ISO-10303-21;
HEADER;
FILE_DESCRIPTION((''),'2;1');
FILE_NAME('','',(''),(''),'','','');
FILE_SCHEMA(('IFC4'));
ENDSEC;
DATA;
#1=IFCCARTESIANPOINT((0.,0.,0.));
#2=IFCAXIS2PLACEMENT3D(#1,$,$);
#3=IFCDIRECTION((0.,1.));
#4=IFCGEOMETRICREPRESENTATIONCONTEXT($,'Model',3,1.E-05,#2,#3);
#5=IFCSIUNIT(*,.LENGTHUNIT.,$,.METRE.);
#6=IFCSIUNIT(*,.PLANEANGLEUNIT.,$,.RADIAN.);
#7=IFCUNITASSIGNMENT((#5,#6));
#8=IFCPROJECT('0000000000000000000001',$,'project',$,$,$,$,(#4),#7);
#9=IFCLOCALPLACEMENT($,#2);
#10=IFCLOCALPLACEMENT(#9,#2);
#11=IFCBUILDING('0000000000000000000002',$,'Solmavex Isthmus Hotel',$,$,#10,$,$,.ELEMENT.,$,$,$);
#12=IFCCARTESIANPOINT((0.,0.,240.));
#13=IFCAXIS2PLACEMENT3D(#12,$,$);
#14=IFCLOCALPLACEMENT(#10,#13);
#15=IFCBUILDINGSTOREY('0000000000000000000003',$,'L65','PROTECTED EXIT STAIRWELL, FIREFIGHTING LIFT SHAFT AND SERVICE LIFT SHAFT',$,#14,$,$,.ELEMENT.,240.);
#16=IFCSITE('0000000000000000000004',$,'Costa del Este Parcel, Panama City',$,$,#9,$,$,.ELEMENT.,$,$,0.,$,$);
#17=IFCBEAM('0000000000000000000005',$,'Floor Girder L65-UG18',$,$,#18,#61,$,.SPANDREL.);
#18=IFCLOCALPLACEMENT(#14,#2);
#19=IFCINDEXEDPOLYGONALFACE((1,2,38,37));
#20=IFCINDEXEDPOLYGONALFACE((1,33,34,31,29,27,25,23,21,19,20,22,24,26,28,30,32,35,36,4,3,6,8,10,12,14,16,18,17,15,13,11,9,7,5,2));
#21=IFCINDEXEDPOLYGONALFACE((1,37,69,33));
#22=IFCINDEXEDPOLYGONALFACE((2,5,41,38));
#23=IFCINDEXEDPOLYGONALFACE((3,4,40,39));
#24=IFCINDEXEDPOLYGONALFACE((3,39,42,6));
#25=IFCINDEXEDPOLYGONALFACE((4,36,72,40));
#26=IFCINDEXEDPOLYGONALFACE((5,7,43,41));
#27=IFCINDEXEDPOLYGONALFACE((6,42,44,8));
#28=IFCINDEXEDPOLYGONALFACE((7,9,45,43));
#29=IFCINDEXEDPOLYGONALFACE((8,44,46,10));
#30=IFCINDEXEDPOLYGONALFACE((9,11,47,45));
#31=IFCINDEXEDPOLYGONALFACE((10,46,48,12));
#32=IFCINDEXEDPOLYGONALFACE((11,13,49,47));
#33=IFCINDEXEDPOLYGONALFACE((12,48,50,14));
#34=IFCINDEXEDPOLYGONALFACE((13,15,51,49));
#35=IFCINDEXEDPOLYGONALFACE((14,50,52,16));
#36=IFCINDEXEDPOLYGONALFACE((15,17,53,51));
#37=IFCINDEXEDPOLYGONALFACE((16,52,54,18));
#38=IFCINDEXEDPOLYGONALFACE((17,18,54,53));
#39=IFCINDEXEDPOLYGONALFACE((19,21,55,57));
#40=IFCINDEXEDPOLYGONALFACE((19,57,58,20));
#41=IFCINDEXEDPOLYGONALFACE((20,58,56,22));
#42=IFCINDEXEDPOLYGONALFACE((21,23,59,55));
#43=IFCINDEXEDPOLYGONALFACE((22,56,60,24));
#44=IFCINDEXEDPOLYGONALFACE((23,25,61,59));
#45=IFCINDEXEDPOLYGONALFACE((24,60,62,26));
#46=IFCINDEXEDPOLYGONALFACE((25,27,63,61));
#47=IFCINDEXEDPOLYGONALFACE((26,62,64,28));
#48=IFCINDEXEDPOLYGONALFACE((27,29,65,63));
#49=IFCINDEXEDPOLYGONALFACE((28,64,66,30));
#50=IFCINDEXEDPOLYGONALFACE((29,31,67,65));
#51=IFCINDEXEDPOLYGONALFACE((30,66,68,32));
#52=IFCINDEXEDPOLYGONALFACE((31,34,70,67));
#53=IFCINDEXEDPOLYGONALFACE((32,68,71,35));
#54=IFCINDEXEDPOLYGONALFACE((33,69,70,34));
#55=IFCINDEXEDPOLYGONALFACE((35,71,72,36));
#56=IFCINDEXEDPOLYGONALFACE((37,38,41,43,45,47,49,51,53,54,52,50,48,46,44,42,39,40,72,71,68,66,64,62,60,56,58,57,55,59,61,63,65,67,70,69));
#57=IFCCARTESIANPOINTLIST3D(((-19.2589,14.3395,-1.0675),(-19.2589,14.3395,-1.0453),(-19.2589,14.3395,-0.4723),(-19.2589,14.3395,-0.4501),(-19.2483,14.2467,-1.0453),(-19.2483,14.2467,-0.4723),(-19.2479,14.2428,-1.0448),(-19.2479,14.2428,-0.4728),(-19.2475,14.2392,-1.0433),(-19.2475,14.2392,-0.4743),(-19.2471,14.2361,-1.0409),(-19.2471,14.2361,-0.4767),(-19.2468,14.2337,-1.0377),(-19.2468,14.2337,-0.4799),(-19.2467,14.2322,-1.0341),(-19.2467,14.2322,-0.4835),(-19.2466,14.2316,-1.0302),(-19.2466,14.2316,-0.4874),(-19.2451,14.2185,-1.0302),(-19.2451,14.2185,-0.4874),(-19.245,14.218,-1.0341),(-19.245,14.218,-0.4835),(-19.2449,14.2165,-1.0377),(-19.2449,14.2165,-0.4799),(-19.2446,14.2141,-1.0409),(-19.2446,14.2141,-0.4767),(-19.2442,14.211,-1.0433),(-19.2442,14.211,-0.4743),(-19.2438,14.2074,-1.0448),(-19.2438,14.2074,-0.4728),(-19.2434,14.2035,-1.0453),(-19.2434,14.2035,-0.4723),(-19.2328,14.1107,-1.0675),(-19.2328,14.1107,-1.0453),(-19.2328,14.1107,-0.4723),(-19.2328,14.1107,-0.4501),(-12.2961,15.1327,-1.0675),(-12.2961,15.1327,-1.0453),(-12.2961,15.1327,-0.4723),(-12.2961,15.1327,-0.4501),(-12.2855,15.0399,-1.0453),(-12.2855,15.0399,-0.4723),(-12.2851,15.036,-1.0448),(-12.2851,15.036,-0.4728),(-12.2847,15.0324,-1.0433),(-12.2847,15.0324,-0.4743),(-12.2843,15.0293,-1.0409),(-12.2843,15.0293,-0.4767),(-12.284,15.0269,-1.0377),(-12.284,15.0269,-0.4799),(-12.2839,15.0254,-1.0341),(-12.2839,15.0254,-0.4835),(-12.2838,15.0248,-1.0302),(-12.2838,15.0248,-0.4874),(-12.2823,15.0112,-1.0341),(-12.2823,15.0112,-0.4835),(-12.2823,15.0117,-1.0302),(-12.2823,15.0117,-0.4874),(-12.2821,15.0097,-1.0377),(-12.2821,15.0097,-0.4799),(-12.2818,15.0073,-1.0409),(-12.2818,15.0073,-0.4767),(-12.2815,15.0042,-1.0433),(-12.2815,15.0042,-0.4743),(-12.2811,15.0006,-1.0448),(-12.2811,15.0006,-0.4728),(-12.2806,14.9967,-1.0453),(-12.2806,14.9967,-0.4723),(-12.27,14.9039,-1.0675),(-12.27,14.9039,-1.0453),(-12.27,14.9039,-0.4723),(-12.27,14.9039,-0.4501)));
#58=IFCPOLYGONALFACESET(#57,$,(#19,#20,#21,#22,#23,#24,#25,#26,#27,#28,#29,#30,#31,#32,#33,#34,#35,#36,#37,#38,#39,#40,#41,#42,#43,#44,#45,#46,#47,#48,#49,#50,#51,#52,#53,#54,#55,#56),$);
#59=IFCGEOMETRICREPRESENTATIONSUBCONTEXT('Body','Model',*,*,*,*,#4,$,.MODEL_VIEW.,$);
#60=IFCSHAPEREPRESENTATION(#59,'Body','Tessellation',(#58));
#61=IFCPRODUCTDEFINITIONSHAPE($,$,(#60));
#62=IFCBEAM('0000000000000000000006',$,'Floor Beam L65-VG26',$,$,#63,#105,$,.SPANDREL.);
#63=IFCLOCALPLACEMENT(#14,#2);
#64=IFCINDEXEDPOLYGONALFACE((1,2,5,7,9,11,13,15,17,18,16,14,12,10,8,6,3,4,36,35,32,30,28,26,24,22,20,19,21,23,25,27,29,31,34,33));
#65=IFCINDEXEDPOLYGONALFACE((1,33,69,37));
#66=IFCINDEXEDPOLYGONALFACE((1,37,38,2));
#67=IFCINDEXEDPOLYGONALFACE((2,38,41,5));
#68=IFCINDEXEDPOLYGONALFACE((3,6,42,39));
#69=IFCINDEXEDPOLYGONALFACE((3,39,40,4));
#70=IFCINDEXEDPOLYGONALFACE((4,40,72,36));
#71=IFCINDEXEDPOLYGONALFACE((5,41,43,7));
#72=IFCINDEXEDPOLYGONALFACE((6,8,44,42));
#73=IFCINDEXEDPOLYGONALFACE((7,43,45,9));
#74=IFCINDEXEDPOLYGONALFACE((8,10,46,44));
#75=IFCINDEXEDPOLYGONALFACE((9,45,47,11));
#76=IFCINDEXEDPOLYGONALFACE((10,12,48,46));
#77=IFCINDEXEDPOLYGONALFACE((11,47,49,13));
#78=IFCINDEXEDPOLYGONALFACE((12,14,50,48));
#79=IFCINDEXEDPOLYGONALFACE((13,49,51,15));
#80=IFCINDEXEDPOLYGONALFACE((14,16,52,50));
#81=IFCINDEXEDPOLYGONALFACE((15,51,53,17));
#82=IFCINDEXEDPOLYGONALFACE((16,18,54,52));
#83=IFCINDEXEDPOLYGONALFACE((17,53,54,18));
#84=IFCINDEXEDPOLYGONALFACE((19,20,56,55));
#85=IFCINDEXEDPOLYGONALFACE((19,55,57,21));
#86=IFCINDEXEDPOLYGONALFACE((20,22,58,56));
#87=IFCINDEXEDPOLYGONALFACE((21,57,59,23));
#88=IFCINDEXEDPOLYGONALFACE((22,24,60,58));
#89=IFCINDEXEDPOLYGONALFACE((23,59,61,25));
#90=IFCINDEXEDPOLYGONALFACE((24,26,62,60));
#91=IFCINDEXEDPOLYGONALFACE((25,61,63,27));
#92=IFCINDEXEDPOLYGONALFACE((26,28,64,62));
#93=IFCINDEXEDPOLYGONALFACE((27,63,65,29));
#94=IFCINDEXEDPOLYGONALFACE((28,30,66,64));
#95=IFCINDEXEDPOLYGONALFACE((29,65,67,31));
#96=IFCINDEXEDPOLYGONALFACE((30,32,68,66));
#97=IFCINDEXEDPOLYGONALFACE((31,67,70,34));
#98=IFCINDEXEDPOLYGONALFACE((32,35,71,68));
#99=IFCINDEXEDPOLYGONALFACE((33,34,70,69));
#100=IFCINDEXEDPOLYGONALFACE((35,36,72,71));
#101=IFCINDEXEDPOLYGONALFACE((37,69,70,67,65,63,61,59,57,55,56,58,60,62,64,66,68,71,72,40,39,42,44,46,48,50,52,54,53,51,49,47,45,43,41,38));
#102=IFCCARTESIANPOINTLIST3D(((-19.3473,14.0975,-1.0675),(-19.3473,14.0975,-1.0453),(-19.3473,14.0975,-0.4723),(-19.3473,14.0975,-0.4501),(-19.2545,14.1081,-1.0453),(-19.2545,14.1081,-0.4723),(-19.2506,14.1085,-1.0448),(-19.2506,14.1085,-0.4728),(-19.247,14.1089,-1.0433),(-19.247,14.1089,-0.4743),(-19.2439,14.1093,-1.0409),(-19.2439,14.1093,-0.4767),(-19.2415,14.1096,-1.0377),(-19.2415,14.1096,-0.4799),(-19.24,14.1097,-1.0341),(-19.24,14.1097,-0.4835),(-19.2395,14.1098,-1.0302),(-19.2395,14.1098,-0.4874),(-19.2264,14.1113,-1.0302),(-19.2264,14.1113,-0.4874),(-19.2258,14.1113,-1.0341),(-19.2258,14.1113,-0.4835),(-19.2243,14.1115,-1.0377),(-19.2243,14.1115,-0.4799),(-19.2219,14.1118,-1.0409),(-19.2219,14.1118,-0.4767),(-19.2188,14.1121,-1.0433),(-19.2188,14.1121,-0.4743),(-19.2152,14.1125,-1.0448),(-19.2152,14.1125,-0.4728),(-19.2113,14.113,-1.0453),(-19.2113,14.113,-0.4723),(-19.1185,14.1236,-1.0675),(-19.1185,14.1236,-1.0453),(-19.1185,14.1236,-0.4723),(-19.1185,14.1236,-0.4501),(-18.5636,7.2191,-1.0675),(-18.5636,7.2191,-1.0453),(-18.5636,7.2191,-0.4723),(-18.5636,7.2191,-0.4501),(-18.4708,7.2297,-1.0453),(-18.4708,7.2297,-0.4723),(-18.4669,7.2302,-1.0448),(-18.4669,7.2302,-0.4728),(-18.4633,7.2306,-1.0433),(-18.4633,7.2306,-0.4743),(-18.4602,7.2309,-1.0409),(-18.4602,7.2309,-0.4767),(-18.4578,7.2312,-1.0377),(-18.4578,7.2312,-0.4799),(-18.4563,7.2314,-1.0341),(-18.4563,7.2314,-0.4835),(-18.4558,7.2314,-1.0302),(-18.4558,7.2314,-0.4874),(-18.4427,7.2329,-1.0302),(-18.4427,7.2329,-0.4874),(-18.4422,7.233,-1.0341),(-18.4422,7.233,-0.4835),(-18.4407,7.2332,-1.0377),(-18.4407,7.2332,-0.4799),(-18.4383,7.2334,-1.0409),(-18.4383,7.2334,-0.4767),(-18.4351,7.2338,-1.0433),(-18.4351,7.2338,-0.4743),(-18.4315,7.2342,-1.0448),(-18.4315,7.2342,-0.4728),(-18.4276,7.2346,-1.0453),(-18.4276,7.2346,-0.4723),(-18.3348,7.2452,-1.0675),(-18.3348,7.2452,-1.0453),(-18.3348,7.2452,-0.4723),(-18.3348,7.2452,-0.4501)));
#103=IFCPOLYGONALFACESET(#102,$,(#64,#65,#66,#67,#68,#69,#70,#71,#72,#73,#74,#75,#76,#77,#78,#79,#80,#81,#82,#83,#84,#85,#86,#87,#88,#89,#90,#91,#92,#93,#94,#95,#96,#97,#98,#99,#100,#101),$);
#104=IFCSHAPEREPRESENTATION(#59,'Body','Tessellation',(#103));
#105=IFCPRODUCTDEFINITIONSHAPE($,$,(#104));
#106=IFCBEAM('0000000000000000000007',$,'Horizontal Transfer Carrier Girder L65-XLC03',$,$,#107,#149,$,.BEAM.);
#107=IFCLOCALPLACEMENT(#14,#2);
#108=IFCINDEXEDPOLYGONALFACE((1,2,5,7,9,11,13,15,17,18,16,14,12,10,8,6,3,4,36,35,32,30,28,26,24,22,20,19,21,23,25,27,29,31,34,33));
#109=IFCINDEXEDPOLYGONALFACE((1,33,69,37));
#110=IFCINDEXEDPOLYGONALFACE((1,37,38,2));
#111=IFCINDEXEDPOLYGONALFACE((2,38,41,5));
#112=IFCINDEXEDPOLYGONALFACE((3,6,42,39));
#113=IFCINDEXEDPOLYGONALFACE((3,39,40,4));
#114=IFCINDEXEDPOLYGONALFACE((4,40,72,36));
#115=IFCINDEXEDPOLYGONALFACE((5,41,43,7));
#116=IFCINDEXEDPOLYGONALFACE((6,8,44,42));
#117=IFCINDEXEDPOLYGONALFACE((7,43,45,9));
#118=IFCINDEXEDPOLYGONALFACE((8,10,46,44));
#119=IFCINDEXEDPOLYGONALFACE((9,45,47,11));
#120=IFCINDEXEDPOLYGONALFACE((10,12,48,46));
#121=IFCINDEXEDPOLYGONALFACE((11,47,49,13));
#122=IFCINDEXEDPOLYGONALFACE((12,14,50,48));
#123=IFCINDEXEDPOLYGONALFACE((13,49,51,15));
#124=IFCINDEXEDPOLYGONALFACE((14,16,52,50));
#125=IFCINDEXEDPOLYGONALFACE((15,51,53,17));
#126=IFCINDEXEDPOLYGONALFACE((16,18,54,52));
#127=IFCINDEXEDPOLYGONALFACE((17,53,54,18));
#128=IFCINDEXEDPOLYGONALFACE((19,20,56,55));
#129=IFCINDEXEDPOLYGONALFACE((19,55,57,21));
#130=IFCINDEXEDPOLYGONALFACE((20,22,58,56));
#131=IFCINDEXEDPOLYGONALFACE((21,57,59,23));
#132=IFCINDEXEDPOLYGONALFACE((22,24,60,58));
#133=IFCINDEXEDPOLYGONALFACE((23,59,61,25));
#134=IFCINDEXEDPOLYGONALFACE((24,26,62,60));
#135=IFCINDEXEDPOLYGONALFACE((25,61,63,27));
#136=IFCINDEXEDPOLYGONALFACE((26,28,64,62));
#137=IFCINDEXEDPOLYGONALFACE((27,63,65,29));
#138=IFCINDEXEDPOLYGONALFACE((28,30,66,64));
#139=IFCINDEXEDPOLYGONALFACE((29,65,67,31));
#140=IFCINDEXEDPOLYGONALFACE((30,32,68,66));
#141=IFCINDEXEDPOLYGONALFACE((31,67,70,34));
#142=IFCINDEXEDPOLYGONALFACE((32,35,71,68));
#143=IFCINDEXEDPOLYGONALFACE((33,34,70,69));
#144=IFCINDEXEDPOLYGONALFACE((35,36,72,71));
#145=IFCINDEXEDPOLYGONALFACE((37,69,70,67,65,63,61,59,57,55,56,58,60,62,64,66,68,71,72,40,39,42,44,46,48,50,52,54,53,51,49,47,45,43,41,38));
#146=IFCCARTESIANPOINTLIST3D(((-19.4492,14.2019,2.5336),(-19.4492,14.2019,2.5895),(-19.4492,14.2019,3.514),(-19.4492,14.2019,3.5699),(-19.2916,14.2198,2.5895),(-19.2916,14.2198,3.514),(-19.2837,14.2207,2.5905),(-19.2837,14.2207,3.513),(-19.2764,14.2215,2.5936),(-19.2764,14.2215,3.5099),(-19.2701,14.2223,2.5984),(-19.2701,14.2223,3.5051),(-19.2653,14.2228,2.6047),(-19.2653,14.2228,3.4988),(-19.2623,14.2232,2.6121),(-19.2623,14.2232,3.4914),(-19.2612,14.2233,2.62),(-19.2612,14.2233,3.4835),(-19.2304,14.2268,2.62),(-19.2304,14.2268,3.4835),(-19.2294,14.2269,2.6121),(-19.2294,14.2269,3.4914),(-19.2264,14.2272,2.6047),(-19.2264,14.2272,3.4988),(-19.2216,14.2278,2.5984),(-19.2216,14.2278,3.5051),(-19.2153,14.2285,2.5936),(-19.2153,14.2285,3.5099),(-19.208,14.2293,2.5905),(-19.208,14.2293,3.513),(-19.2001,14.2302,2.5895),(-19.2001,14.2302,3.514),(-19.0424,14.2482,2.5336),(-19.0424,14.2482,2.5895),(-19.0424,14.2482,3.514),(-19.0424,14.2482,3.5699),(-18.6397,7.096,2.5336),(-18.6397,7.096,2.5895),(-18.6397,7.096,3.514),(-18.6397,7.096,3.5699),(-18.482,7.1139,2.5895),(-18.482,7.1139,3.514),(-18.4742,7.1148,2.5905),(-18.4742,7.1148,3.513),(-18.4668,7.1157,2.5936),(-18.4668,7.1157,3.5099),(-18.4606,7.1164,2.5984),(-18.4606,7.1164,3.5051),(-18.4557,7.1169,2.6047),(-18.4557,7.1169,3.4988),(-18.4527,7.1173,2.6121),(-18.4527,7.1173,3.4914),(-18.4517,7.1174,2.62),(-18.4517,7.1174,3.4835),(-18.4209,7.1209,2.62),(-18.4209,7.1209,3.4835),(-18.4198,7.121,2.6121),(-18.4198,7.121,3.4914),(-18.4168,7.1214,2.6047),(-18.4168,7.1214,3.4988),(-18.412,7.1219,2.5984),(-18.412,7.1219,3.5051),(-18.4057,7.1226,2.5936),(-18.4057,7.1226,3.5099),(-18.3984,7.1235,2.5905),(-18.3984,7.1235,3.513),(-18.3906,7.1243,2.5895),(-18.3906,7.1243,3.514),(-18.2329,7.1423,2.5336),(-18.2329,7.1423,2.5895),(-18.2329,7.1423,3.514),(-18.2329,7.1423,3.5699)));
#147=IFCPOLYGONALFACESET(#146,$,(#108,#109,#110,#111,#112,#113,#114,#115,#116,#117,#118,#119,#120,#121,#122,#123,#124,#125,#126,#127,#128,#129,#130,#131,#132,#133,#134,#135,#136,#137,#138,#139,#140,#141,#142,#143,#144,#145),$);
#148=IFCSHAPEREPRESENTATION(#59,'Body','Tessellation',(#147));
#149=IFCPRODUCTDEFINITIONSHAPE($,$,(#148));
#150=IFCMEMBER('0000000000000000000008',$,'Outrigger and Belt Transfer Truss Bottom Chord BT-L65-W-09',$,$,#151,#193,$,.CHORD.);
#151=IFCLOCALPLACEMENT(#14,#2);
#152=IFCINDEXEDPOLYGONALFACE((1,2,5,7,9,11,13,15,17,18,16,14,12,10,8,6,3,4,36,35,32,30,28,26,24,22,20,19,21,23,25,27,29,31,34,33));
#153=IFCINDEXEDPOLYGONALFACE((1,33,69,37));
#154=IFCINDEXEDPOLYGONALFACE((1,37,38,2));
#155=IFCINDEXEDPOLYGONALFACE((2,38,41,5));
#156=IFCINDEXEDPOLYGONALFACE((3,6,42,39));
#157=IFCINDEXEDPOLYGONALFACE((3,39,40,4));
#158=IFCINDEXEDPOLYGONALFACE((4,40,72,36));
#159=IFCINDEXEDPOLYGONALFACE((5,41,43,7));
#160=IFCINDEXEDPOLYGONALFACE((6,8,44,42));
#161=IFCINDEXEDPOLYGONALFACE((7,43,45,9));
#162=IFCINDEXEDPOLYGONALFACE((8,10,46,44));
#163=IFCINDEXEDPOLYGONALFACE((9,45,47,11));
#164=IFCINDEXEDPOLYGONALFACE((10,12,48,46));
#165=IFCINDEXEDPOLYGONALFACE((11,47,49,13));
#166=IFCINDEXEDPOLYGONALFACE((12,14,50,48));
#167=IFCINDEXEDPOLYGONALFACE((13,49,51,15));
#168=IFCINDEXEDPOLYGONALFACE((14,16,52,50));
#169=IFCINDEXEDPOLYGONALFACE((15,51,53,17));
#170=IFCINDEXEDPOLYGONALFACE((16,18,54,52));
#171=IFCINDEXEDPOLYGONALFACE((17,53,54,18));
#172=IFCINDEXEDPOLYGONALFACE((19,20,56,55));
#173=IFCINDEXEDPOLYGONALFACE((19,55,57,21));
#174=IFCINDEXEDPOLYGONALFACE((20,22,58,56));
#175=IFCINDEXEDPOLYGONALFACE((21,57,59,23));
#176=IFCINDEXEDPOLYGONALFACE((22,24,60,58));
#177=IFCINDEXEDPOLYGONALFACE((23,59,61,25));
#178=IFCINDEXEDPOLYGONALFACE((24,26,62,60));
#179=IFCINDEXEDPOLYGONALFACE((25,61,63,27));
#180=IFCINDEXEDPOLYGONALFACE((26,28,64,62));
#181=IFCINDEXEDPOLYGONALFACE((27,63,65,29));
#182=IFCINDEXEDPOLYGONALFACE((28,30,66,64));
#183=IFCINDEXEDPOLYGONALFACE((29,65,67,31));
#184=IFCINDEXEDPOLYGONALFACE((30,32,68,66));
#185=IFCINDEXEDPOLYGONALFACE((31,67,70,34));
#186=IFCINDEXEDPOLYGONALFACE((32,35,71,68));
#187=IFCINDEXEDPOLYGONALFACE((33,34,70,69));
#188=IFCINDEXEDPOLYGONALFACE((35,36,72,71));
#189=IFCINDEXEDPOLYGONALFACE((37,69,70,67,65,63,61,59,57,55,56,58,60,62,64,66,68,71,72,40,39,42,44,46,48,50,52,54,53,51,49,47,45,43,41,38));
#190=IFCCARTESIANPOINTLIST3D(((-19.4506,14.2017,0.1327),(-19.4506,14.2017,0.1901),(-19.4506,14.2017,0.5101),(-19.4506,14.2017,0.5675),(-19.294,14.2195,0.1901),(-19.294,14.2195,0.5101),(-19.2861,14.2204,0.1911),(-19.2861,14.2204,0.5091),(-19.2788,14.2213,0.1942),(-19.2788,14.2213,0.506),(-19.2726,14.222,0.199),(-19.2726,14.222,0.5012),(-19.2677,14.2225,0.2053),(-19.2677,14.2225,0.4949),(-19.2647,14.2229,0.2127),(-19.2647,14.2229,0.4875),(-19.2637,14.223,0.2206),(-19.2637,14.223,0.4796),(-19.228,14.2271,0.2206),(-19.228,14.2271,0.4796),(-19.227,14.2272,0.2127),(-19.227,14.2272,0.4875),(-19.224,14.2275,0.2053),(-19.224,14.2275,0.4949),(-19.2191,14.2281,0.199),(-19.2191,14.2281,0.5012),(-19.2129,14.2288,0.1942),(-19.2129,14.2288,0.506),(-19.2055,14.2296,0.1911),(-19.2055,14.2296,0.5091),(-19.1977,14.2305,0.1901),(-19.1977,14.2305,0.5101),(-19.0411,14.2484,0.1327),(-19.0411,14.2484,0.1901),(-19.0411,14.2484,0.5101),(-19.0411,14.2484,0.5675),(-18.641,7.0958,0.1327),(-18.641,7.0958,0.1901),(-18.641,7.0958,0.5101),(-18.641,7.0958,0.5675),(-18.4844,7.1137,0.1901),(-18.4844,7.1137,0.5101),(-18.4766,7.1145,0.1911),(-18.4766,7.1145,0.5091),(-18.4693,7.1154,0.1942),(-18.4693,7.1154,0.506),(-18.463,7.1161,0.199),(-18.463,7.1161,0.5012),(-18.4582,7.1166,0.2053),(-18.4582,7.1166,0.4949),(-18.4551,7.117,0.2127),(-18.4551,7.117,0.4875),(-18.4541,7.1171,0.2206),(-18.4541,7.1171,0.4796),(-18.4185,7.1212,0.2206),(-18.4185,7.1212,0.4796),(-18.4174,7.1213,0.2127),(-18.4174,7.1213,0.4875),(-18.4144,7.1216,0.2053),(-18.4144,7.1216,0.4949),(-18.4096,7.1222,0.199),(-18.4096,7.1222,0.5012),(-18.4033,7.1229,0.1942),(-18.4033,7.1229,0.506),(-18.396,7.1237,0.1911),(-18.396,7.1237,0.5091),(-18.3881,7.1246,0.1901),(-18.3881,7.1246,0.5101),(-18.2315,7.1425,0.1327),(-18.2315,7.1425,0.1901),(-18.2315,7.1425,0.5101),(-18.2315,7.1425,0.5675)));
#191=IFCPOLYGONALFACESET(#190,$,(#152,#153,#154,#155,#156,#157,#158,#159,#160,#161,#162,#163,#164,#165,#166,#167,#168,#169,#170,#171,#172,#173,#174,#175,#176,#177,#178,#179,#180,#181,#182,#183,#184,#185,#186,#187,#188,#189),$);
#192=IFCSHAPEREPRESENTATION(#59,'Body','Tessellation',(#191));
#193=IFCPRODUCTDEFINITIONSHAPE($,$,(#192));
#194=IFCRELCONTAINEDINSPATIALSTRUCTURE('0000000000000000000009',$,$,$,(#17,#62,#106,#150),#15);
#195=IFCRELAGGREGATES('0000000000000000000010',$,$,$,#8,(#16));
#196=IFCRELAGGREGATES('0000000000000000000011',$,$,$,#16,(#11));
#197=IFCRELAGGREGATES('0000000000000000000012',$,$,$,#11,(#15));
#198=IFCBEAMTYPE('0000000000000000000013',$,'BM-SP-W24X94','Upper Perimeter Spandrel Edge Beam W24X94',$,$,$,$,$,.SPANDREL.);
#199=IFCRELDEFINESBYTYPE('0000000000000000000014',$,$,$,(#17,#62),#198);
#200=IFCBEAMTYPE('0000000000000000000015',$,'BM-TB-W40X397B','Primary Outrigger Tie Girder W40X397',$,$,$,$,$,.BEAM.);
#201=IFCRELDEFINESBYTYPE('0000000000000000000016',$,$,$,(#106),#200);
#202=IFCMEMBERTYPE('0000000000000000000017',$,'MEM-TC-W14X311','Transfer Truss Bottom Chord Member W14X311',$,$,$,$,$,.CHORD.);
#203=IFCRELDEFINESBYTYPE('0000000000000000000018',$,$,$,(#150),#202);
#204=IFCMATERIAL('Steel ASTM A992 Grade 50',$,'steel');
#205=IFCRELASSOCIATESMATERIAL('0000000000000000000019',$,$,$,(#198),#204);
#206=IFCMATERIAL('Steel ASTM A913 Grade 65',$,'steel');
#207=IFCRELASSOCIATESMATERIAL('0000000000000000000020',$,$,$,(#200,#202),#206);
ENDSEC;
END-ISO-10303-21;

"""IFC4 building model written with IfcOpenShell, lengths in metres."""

from ifc_helpers import new_model, si_unit, direction, frame, origin, origin_2d, place, context, subcontext, project, spatial, i_section, extrude, material, material_profile, profile_set, type_object, element, save


model = new_model("IFC4")

# Units and contexts
model_context = context("Model", 3, precision=1e-05, world=origin(), true_north=direction((0.0, 1.0)))
body_context = subcontext(model_context, "Body", "Model", "MODEL_VIEW")
ifc_project = project(units=[si_unit("LENGTHUNIT", "METRE"), si_unit("PLANEANGLEUNIT", "RADIAN")], contexts=[model_context])

# Site, building, storey
site_placement = place(None, origin())
site = spatial("IfcSite", under=ifc_project, at=site_placement, Name="Costa del Este Parcel, Panama City", CompositionType="ELEMENT", RefElevation=0.0)
building_placement = place(site_placement, origin())
building = spatial("IfcBuilding", under=site, at=building_placement, Name="Solmavex Isthmus Hotel", CompositionType="ELEMENT")
storey_placement = place(building_placement, frame((0.0, 0.0, 240.0)))
storey = spatial("IfcBuildingStorey", under=building, at=storey_placement, Name="L65", Description="PROTECTED EXIT STAIRWELL, FIREFIGHTING LIFT SHAFT AND SERVICE LIFT SHAFT", CompositionType="ELEMENT", Elevation=240.0)

# Shared definitions
ifc_material_1 = material(Name="Steel ASTM A913 Grade 65", Category="steel")

# Beams
ifc_material_2 = material(Name="Steel ASTM A992 Grade 50", Category="steel")
ifc_material_profile_1 = material_profile(ifc_material_2, i_section(OverallWidth=0.2302, OverallDepth=0.6174, WebThickness=0.0132, FlangeThickness=0.0222, FilletRadius=0.0151, at=origin_2d()), Name="W24X94")
ifc_profile_set_1 = profile_set([ifc_material_profile_1], Name="Steel ASTM A992 Grade 50")
beam_type_1 = type_object("IfcBeamType", Name="BM-SP-W24X94", Description="Upper Perimeter Spandrel Edge Beam W24X94", PredefinedType="SPANDREL", material=ifc_profile_set_1)
beam_1_placement = place(storey_placement, frame((-19.2458, 14.2251, -0.7588), z_axis=(0.993574, 0.113188, 0.0), x_axis=(-0.113188, 0.993574, 0.0)))
element("IfcBeam", 1, at=beam_1_placement, inside=storey, type_object=beam_type_1, Name="Floor Girder L65-UG18", PredefinedType="SPANDREL", context=body_context, shape_type="SweptSolid", body=[
    extrude(i_section(OverallWidth=0.2302, OverallDepth=0.6174, WebThickness=0.0132, FlangeThickness=0.0222, FilletRadius=0.0151, at=origin_2d()), origin(), (0.0, 0.0, 1.0), 7.0078),
])
beam_2_placement = place(storey_placement, frame((-18.4492, 7.2322, -0.7588), z_axis=(-0.113202, 0.993572, 0.0), x_axis=(-0.993572, -0.113202, 0.0)))
element("IfcBeam", 2, at=beam_2_placement, inside=storey, type_object=beam_type_1, Name="Floor Beam L65-VG26", PredefinedType="SPANDREL", context=body_context, shape_type="SweptSolid", body=[
    extrude(i_section(OverallWidth=0.2302, OverallDepth=0.6174, WebThickness=0.0132, FlangeThickness=0.0222, FilletRadius=0.0151, at=origin_2d()), origin(), (0.0, 0.0, 1.0), 6.9229),
])
ifc_material_profile_2 = material_profile(ifc_material_1, i_section(OverallWidth=0.4094, OverallDepth=1.0364, WebThickness=0.031, FlangeThickness=0.0559, FilletRadius=0.0305, at=origin_2d()), Name="W40X397")
ifc_profile_set_2 = profile_set([ifc_material_profile_2], Name="Steel ASTM A913 Grade 65")
beam_type_2 = type_object("IfcBeamType", Name="BM-TB-W40X397B", Description="Primary Outrigger Tie Girder W40X397", PredefinedType="BEAM", material=ifc_profile_set_2)
beam_3_placement = place(storey_placement, frame((-18.4363, 7.1191, 3.0518), z_axis=(-0.113196, 0.993573, 0.0), x_axis=(-0.993573, -0.113196, 0.0)))
element("IfcBeam", 3, at=beam_3_placement, inside=storey, type_object=beam_type_2, Name="Horizontal Transfer Carrier Girder L65-XLC03", PredefinedType="BEAM", context=body_context, shape_type="SweptSolid", body=[
    extrude(i_section(OverallWidth=0.4094, OverallDepth=1.0364, WebThickness=0.031, FlangeThickness=0.0559, FilletRadius=0.0305, at=origin_2d()), origin(), (0.0, 0.0, 1.0), 7.1519),
])

# Member
ifc_material_profile_3 = material_profile(ifc_material_1, i_section(OverallWidth=0.4121, OverallDepth=0.4348, WebThickness=0.0359, FlangeThickness=0.0574, FilletRadius=0.0305, at=origin_2d()), Name="W14X311")
ifc_profile_set_3 = profile_set([ifc_material_profile_3], Name="Steel ASTM A913 Grade 65")
member_type_1 = type_object("IfcMemberType", Name="MEM-TC-W14X311", Description="Transfer Truss Bottom Chord Member W14X311", PredefinedType="CHORD", material=ifc_profile_set_3)
member_1_placement = place(storey_placement, frame((-18.4363, 7.1191, 0.3501), z_axis=(-0.113196, 0.993573, 0.0), x_axis=(-0.993573, -0.113196, 0.0)))
element("IfcMember", 4, at=member_1_placement, inside=storey, type_object=member_type_1, Name="Outrigger and Belt Transfer Truss Bottom Chord BT-L65-W-09", PredefinedType="CHORD", context=body_context, shape_type="SweptSolid", body=[
    extrude(i_section(OverallWidth=0.4121, OverallDepth=0.4348, WebThickness=0.0359, FlangeThickness=0.0574, FilletRadius=0.0305, at=origin_2d()), origin(), (0.0, 0.0, 1.0), 7.1519),
])

save(model, "model.ifc")
